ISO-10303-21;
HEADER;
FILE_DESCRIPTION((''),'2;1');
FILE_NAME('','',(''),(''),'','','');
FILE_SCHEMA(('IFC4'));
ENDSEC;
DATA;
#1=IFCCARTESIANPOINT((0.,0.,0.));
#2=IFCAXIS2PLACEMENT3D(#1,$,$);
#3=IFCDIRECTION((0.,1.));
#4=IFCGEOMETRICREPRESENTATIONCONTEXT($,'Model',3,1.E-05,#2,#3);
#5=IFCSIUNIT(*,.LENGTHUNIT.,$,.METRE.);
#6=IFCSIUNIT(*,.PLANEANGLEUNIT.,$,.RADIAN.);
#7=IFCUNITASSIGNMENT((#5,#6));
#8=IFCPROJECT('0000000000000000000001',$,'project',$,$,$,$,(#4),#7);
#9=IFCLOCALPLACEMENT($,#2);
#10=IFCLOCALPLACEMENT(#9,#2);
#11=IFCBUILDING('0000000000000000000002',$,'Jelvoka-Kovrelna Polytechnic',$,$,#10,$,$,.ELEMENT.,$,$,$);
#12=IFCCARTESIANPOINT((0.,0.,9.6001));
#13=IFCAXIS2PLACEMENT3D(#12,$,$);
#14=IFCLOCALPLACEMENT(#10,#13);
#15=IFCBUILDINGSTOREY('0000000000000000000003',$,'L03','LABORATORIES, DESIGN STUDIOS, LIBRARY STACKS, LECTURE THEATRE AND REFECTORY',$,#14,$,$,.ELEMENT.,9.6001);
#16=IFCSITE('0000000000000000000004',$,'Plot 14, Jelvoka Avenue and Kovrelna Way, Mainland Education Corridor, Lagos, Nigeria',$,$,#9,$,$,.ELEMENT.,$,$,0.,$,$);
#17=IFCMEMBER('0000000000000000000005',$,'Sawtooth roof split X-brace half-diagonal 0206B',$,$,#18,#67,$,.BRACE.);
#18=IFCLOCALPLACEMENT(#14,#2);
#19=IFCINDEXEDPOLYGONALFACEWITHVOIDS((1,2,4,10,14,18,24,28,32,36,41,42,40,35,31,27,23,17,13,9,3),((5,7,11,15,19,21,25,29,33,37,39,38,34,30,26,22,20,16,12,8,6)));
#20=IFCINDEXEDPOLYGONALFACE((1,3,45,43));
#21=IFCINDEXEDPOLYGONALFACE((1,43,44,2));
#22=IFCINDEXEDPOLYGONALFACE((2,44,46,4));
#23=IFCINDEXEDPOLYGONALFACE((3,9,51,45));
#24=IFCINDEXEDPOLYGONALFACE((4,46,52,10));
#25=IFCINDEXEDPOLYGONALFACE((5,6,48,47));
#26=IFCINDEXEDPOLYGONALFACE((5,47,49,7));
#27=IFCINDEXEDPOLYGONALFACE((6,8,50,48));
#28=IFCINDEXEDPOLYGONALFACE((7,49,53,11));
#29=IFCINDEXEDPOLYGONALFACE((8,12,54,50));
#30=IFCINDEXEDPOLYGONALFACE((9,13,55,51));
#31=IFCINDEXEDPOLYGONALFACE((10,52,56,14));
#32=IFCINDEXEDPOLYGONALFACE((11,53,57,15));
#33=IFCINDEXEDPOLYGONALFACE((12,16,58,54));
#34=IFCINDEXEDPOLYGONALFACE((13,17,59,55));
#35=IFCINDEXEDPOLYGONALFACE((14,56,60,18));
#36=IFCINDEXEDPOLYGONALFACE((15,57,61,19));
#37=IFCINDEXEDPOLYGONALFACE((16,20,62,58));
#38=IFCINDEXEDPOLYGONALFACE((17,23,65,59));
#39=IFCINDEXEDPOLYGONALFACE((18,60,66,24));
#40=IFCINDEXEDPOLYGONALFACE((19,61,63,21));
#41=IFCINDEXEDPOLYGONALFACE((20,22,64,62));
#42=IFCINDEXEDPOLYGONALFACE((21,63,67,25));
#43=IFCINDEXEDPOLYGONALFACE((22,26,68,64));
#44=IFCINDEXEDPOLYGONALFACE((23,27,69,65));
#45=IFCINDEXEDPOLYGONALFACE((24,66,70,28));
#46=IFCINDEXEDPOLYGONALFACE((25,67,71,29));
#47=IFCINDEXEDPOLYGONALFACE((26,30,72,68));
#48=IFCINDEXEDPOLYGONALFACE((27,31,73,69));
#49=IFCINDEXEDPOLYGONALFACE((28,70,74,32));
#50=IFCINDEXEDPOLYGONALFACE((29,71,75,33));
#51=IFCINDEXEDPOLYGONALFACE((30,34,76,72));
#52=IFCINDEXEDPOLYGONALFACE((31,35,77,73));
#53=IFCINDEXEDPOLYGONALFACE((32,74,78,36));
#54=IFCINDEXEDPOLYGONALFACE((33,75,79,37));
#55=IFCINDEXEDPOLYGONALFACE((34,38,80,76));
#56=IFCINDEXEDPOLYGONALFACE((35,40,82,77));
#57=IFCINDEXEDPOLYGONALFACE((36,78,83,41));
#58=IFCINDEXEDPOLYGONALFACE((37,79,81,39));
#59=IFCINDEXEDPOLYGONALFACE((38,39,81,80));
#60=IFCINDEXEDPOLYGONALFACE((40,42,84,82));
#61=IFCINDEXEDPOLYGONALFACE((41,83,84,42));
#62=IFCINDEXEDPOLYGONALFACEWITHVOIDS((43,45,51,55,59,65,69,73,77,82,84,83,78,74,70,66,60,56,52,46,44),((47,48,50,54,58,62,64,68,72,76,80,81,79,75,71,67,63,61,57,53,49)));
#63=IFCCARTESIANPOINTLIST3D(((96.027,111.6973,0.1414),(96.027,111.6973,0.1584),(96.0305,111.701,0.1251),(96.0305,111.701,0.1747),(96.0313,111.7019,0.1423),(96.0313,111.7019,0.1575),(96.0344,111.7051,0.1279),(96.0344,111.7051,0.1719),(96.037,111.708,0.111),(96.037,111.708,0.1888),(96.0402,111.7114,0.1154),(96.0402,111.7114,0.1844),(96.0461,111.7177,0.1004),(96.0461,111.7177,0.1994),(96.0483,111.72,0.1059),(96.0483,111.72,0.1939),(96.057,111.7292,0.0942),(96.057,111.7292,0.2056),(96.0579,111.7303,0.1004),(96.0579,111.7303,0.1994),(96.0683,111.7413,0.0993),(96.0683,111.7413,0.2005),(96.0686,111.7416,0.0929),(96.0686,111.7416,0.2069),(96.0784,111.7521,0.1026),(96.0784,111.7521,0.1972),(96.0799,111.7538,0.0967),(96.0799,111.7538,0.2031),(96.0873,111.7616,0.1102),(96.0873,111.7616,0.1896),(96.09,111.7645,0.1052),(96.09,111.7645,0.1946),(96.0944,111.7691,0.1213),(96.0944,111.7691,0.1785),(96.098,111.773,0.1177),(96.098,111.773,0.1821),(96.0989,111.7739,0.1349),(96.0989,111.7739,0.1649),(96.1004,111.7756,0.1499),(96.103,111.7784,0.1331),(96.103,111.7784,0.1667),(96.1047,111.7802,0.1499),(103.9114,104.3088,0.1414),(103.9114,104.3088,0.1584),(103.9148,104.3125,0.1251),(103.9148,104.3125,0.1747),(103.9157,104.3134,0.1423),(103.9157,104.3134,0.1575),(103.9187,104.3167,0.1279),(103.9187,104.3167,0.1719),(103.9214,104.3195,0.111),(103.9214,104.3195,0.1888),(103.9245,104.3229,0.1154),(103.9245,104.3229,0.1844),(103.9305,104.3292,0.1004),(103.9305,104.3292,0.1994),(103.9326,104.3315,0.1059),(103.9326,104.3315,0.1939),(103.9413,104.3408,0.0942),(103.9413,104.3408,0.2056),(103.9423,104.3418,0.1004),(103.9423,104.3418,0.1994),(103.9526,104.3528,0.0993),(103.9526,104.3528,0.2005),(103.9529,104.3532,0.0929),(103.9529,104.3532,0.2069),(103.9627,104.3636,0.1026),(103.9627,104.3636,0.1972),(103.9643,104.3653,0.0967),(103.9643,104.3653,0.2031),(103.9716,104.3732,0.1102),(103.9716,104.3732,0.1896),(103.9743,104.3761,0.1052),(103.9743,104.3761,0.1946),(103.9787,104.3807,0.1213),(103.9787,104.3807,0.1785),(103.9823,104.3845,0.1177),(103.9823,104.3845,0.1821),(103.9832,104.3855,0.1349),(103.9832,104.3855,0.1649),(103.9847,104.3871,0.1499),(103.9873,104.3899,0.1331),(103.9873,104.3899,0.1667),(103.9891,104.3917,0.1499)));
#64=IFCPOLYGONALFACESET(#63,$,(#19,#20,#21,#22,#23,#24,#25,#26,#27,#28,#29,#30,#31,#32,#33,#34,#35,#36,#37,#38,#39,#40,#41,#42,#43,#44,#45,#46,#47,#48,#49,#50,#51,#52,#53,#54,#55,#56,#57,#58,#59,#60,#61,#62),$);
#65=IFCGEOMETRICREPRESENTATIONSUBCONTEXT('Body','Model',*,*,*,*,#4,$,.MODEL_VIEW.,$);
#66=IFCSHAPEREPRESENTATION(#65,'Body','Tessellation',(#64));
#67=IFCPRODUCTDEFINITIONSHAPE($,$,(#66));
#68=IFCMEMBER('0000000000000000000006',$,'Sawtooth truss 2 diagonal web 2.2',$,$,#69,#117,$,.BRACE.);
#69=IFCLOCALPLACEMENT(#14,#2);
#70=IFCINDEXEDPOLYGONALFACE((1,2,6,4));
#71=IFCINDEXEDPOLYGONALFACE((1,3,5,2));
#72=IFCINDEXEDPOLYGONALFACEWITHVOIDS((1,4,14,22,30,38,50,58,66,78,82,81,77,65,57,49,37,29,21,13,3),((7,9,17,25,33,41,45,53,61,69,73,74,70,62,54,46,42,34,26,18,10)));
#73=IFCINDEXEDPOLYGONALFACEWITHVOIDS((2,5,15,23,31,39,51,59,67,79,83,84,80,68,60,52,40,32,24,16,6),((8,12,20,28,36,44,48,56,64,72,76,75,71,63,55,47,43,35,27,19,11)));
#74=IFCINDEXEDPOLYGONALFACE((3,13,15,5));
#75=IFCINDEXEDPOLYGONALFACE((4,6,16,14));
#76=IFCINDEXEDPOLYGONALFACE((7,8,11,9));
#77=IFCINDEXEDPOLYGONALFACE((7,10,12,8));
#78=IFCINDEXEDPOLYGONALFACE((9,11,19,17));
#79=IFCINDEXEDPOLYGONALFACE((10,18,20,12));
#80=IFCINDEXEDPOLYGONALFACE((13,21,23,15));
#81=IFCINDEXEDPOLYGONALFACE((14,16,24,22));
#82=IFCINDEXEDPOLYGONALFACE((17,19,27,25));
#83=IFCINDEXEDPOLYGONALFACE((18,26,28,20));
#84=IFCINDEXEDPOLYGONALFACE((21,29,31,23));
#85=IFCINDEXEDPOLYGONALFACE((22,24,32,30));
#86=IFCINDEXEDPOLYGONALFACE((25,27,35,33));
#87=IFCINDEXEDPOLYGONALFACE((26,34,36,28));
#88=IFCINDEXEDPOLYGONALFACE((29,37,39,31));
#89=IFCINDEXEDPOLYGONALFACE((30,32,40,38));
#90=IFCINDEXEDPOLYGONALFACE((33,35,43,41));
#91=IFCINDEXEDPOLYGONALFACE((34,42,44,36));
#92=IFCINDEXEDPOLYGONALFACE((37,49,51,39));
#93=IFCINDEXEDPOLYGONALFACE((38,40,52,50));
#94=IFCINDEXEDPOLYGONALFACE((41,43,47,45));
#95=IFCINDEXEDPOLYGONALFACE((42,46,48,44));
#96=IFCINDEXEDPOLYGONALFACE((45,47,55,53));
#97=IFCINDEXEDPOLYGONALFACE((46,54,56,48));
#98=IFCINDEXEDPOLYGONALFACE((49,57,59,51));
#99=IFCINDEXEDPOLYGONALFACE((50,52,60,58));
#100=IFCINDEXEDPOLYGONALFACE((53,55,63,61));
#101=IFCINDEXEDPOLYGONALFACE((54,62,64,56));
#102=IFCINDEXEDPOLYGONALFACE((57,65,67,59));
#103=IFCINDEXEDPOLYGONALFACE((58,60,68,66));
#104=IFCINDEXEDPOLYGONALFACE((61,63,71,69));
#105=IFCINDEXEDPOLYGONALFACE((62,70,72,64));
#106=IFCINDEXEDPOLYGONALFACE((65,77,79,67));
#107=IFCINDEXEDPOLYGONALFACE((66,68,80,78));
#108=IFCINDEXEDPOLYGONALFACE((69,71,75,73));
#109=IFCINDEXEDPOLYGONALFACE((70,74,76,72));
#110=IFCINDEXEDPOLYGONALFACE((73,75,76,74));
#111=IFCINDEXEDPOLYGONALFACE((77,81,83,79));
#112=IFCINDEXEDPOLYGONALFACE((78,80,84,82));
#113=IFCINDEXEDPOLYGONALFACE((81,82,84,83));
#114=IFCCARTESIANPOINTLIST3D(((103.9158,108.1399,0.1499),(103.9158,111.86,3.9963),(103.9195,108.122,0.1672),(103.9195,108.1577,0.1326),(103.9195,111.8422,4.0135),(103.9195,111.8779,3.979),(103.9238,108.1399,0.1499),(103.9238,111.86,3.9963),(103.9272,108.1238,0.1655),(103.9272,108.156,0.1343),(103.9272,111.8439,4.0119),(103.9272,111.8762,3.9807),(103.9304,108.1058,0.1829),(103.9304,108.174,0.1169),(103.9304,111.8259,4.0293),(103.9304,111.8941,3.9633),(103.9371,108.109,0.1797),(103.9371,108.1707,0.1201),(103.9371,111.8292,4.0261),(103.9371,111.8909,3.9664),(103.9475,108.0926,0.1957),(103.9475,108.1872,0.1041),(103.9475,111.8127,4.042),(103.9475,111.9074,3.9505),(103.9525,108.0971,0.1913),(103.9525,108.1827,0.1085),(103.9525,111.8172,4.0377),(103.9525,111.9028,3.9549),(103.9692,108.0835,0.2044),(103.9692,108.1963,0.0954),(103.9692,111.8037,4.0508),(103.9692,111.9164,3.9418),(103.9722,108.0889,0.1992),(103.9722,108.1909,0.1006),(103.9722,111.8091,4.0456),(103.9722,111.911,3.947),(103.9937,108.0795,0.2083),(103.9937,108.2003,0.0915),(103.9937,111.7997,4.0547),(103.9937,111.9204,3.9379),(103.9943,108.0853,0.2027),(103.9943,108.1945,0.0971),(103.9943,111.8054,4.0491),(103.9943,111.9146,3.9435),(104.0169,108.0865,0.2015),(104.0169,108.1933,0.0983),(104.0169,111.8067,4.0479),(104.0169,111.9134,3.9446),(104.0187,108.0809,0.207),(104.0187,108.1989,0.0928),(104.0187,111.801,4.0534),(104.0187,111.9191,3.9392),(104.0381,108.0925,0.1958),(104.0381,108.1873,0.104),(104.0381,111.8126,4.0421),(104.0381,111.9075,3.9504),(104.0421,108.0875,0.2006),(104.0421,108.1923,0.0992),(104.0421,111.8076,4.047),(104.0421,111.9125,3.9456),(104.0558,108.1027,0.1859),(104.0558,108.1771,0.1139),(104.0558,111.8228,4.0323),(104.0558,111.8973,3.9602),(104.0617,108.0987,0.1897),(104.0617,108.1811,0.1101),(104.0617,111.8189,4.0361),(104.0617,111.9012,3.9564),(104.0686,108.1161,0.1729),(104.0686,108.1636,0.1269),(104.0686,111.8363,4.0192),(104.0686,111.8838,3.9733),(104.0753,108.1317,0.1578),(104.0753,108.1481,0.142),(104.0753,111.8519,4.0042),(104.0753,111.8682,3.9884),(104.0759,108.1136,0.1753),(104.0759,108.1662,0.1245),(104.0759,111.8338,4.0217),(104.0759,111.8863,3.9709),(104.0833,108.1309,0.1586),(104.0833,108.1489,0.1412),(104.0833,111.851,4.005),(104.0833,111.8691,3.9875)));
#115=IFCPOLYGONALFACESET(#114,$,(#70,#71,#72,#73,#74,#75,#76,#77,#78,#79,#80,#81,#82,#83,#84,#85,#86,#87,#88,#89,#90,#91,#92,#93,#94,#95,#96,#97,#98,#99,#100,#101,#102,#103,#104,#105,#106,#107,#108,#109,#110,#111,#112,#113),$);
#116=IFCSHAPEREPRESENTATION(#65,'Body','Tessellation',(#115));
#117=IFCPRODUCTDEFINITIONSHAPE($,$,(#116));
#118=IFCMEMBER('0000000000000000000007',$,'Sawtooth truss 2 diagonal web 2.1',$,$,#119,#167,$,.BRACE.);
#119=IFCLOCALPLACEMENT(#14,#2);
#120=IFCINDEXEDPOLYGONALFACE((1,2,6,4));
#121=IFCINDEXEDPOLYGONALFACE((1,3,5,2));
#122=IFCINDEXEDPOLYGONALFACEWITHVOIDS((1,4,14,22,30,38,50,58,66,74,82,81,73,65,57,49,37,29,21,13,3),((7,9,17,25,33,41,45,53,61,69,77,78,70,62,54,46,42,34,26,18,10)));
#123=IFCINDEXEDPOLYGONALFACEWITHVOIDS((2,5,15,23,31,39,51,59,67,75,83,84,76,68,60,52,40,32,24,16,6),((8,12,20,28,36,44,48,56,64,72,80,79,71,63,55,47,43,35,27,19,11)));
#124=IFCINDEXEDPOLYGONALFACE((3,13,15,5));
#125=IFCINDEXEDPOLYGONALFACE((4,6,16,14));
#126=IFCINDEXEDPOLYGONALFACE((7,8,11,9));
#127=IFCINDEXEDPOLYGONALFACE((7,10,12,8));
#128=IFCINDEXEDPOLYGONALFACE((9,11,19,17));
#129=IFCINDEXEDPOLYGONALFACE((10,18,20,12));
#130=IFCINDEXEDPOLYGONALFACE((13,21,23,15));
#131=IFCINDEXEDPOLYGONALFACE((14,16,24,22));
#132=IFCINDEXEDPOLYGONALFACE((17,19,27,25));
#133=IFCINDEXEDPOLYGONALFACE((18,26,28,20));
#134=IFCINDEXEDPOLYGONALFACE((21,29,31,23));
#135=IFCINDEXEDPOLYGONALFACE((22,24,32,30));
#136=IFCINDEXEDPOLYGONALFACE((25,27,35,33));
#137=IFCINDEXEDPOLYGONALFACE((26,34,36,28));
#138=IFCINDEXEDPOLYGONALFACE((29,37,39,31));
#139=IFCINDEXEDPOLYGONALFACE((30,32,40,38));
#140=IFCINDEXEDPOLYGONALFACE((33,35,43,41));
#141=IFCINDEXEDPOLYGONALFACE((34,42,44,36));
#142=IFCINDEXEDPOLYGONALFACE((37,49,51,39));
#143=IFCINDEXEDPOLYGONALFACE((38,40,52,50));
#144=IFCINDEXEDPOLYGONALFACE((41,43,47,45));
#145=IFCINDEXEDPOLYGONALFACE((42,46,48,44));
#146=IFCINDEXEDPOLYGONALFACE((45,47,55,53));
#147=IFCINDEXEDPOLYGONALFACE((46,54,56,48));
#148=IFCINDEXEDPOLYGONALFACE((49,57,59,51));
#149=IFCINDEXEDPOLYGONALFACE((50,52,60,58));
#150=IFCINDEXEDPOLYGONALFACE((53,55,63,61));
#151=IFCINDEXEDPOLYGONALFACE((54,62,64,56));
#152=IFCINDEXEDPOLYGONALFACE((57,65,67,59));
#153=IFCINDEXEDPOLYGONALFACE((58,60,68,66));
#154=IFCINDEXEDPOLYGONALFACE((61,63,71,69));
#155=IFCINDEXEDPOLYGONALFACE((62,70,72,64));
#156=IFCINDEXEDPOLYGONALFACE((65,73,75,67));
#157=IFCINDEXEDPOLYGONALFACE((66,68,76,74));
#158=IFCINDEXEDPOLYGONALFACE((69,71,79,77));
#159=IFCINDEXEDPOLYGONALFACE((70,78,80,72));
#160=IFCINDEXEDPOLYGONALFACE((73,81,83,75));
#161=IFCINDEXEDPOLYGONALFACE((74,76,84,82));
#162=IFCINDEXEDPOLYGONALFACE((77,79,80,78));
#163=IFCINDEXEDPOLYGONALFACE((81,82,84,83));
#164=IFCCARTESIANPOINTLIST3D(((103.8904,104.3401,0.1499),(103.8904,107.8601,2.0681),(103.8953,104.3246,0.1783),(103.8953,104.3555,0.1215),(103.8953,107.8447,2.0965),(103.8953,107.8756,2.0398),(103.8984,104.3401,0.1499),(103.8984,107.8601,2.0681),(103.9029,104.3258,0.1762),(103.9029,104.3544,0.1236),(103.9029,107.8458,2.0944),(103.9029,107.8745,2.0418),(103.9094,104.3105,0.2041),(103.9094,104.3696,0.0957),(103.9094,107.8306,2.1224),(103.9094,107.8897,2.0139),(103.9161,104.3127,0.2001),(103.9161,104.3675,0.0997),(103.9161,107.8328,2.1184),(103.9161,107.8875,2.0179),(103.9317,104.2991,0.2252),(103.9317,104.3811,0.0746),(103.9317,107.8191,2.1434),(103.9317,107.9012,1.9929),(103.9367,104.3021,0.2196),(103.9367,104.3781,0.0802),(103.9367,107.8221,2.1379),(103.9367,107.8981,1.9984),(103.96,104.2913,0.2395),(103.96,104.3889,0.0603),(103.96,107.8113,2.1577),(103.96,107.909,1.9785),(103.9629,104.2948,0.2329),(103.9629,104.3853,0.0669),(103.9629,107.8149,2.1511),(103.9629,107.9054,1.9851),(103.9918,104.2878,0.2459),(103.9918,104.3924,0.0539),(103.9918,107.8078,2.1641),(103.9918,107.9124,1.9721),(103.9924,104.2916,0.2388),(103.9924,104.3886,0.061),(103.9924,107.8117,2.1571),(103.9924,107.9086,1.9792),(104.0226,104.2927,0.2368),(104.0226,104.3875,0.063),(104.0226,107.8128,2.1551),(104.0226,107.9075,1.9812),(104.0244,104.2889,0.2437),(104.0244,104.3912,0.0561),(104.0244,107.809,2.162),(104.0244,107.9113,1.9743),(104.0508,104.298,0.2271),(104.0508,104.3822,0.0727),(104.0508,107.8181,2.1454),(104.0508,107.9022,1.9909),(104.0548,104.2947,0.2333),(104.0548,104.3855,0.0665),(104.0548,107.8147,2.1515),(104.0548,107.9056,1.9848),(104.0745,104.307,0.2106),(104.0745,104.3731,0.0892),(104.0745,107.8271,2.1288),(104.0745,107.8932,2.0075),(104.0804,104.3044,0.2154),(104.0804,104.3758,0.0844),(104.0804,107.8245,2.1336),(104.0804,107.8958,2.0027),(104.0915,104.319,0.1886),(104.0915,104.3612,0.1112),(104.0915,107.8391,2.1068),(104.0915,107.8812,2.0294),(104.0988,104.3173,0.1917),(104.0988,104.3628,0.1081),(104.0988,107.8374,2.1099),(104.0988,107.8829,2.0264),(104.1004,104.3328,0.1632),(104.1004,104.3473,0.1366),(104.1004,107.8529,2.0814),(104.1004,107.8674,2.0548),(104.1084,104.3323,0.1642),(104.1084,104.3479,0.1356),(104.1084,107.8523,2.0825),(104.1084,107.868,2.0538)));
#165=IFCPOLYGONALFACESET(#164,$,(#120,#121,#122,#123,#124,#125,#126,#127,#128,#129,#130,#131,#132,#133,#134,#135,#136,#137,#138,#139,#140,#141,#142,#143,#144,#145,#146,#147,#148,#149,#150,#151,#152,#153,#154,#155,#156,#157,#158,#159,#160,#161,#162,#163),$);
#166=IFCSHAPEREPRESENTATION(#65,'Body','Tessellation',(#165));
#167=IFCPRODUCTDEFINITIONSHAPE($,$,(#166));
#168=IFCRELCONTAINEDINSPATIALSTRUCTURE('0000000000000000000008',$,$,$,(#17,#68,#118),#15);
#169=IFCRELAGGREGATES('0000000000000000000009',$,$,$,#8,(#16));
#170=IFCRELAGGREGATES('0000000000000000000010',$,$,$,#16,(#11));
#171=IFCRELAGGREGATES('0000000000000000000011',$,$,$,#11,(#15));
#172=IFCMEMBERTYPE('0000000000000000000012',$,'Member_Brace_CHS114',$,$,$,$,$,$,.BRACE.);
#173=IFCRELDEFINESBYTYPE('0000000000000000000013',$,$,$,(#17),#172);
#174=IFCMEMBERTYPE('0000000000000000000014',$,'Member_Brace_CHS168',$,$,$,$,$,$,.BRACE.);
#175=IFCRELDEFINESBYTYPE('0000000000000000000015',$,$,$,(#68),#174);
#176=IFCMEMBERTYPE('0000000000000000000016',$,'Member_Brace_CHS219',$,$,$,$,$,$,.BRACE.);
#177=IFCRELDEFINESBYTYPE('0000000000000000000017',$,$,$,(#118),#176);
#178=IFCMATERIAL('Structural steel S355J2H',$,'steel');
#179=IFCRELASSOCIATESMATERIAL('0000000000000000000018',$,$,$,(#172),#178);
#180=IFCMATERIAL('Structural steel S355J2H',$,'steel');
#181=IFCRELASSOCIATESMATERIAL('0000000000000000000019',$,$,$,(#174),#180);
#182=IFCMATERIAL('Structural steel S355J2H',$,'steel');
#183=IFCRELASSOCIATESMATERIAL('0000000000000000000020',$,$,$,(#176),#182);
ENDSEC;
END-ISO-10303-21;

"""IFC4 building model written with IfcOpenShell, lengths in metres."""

from ifc_helpers import new_model, si_unit, direction, frame, origin, origin_2d, place, context, subcontext, project, spatial, hollow_circle, extrude, material, material_profile, profile_set, type_object, element, save


model = new_model("IFC4")

# Units and contexts
model_context = context("Model", 3, precision=1e-05, world=origin(), true_north=direction((0.0, 1.0)))
body_context = subcontext(model_context, "Body", "Model", "MODEL_VIEW")
ifc_project = project(units=[si_unit("LENGTHUNIT", "METRE"), si_unit("PLANEANGLEUNIT", "RADIAN")], contexts=[model_context])

# Site, building, storey
site_placement = place(None, origin())
site = spatial("IfcSite", under=ifc_project, at=site_placement, Name="Plot 14, Jelvoka Avenue and Kovrelna Way, Mainland Education Corridor, Lagos, Nigeria", CompositionType="ELEMENT", RefElevation=0.0)
building_placement = place(site_placement, origin())
building = spatial("IfcBuilding", under=site, at=building_placement, Name="Jelvoka-Kovrelna Polytechnic", CompositionType="ELEMENT")
storey_placement = place(building_placement, frame((0.0, 0.0, 9.6001)))
storey = spatial("IfcBuildingStorey", under=building, at=storey_placement, Name="L03", Description="LABORATORIES, DESIGN STUDIOS, LIBRARY STACKS, LECTURE THEATRE AND REFECTORY", CompositionType="ELEMENT", Elevation=9.6001)

# Members
ifc_material_1 = material(Name="Structural steel S355J2H", Category="steel")
ifc_material_profile_1 = material_profile(ifc_material_1, hollow_circle(Radius=0.0571, WallThickness=0.0063, at=origin_2d()), Name="114.3x6.3 CHS")
ifc_profile_set_1 = profile_set([ifc_material_profile_1], Name="Structural steel S355J2H")
member_type_1 = type_object("IfcMemberType", Name="Member_Brace_CHS114", PredefinedType="BRACE", material=ifc_profile_set_1)
member_1_placement = place(storey_placement, frame((96.0657, 111.7385, 0.1499), z_axis=(0.72968, -0.683789, 0.0), x_axis=(0.683789, 0.72968, 0.0)))
element("IfcMember", 1, at=member_1_placement, inside=storey, type_object=member_type_1, Name="Sawtooth roof split X-brace half-diagonal 0206B", PredefinedType="BRACE", context=body_context, shape_type="SweptSolid", body=[
    extrude(hollow_circle(Radius=0.0571, WallThickness=0.0063, at=origin_2d()), origin(), (0.0, 0.0, 1.0), 10.8052),
])
ifc_material_2 = material(Name="Structural steel S355J2H", Category="steel")
ifc_material_profile_2 = material_profile(ifc_material_2, hollow_circle(Radius=0.0842, WallThickness=0.0081, at=origin_2d()), Name="168.3x8.0 CHS")
ifc_profile_set_2 = profile_set([ifc_material_profile_2], Name="Structural steel S355J2H")
member_type_2 = type_object("IfcMemberType", Name="Member_Brace_CHS168", PredefinedType="BRACE", material=ifc_profile_set_2)
member_2_placement = place(storey_placement, frame((104.0, 108.1399, 0.1499), z_axis=(0.0, 0.695215, 0.718802), x_axis=(-1.0, 0.0, 0.0)))
element("IfcMember", 2, at=member_2_placement, inside=storey, type_object=member_type_2, Name="Sawtooth truss 2 diagonal web 2.2", PredefinedType="BRACE", context=body_context, shape_type="SweptSolid", body=[
    extrude(hollow_circle(Radius=0.0842, WallThickness=0.0081, at=origin_2d()), origin(), (0.0, 0.0, 1.0), 5.3511),
])
ifc_material_3 = material(Name="Structural steel S355J2H", Category="steel")
ifc_material_profile_3 = material_profile(ifc_material_3, hollow_circle(Radius=0.1096, WallThickness=0.0081, at=origin_2d()), Name="219.1x8.0 CHS")
ifc_profile_set_3 = profile_set([ifc_material_profile_3], Name="Structural steel S355J2H")
member_type_3 = type_object("IfcMemberType", Name="Member_Brace_CHS219", PredefinedType="BRACE", material=ifc_profile_set_3)
member_3_placement = place(storey_placement, frame((104.0, 104.3401, 0.1499), z_axis=(0.0, 0.878084, 0.478506), x_axis=(-1.0, 0.0, 0.0)))
element("IfcMember", 3, at=member_3_placement, inside=storey, type_object=member_type_3, Name="Sawtooth truss 2 diagonal web 2.1", PredefinedType="BRACE", context=body_context, shape_type="SweptSolid", body=[
    extrude(hollow_circle(Radius=0.1096, WallThickness=0.0081, at=origin_2d()), origin(), (0.0, 0.0, 1.0), 4.0088),
])

save(model, "model.ifc")
